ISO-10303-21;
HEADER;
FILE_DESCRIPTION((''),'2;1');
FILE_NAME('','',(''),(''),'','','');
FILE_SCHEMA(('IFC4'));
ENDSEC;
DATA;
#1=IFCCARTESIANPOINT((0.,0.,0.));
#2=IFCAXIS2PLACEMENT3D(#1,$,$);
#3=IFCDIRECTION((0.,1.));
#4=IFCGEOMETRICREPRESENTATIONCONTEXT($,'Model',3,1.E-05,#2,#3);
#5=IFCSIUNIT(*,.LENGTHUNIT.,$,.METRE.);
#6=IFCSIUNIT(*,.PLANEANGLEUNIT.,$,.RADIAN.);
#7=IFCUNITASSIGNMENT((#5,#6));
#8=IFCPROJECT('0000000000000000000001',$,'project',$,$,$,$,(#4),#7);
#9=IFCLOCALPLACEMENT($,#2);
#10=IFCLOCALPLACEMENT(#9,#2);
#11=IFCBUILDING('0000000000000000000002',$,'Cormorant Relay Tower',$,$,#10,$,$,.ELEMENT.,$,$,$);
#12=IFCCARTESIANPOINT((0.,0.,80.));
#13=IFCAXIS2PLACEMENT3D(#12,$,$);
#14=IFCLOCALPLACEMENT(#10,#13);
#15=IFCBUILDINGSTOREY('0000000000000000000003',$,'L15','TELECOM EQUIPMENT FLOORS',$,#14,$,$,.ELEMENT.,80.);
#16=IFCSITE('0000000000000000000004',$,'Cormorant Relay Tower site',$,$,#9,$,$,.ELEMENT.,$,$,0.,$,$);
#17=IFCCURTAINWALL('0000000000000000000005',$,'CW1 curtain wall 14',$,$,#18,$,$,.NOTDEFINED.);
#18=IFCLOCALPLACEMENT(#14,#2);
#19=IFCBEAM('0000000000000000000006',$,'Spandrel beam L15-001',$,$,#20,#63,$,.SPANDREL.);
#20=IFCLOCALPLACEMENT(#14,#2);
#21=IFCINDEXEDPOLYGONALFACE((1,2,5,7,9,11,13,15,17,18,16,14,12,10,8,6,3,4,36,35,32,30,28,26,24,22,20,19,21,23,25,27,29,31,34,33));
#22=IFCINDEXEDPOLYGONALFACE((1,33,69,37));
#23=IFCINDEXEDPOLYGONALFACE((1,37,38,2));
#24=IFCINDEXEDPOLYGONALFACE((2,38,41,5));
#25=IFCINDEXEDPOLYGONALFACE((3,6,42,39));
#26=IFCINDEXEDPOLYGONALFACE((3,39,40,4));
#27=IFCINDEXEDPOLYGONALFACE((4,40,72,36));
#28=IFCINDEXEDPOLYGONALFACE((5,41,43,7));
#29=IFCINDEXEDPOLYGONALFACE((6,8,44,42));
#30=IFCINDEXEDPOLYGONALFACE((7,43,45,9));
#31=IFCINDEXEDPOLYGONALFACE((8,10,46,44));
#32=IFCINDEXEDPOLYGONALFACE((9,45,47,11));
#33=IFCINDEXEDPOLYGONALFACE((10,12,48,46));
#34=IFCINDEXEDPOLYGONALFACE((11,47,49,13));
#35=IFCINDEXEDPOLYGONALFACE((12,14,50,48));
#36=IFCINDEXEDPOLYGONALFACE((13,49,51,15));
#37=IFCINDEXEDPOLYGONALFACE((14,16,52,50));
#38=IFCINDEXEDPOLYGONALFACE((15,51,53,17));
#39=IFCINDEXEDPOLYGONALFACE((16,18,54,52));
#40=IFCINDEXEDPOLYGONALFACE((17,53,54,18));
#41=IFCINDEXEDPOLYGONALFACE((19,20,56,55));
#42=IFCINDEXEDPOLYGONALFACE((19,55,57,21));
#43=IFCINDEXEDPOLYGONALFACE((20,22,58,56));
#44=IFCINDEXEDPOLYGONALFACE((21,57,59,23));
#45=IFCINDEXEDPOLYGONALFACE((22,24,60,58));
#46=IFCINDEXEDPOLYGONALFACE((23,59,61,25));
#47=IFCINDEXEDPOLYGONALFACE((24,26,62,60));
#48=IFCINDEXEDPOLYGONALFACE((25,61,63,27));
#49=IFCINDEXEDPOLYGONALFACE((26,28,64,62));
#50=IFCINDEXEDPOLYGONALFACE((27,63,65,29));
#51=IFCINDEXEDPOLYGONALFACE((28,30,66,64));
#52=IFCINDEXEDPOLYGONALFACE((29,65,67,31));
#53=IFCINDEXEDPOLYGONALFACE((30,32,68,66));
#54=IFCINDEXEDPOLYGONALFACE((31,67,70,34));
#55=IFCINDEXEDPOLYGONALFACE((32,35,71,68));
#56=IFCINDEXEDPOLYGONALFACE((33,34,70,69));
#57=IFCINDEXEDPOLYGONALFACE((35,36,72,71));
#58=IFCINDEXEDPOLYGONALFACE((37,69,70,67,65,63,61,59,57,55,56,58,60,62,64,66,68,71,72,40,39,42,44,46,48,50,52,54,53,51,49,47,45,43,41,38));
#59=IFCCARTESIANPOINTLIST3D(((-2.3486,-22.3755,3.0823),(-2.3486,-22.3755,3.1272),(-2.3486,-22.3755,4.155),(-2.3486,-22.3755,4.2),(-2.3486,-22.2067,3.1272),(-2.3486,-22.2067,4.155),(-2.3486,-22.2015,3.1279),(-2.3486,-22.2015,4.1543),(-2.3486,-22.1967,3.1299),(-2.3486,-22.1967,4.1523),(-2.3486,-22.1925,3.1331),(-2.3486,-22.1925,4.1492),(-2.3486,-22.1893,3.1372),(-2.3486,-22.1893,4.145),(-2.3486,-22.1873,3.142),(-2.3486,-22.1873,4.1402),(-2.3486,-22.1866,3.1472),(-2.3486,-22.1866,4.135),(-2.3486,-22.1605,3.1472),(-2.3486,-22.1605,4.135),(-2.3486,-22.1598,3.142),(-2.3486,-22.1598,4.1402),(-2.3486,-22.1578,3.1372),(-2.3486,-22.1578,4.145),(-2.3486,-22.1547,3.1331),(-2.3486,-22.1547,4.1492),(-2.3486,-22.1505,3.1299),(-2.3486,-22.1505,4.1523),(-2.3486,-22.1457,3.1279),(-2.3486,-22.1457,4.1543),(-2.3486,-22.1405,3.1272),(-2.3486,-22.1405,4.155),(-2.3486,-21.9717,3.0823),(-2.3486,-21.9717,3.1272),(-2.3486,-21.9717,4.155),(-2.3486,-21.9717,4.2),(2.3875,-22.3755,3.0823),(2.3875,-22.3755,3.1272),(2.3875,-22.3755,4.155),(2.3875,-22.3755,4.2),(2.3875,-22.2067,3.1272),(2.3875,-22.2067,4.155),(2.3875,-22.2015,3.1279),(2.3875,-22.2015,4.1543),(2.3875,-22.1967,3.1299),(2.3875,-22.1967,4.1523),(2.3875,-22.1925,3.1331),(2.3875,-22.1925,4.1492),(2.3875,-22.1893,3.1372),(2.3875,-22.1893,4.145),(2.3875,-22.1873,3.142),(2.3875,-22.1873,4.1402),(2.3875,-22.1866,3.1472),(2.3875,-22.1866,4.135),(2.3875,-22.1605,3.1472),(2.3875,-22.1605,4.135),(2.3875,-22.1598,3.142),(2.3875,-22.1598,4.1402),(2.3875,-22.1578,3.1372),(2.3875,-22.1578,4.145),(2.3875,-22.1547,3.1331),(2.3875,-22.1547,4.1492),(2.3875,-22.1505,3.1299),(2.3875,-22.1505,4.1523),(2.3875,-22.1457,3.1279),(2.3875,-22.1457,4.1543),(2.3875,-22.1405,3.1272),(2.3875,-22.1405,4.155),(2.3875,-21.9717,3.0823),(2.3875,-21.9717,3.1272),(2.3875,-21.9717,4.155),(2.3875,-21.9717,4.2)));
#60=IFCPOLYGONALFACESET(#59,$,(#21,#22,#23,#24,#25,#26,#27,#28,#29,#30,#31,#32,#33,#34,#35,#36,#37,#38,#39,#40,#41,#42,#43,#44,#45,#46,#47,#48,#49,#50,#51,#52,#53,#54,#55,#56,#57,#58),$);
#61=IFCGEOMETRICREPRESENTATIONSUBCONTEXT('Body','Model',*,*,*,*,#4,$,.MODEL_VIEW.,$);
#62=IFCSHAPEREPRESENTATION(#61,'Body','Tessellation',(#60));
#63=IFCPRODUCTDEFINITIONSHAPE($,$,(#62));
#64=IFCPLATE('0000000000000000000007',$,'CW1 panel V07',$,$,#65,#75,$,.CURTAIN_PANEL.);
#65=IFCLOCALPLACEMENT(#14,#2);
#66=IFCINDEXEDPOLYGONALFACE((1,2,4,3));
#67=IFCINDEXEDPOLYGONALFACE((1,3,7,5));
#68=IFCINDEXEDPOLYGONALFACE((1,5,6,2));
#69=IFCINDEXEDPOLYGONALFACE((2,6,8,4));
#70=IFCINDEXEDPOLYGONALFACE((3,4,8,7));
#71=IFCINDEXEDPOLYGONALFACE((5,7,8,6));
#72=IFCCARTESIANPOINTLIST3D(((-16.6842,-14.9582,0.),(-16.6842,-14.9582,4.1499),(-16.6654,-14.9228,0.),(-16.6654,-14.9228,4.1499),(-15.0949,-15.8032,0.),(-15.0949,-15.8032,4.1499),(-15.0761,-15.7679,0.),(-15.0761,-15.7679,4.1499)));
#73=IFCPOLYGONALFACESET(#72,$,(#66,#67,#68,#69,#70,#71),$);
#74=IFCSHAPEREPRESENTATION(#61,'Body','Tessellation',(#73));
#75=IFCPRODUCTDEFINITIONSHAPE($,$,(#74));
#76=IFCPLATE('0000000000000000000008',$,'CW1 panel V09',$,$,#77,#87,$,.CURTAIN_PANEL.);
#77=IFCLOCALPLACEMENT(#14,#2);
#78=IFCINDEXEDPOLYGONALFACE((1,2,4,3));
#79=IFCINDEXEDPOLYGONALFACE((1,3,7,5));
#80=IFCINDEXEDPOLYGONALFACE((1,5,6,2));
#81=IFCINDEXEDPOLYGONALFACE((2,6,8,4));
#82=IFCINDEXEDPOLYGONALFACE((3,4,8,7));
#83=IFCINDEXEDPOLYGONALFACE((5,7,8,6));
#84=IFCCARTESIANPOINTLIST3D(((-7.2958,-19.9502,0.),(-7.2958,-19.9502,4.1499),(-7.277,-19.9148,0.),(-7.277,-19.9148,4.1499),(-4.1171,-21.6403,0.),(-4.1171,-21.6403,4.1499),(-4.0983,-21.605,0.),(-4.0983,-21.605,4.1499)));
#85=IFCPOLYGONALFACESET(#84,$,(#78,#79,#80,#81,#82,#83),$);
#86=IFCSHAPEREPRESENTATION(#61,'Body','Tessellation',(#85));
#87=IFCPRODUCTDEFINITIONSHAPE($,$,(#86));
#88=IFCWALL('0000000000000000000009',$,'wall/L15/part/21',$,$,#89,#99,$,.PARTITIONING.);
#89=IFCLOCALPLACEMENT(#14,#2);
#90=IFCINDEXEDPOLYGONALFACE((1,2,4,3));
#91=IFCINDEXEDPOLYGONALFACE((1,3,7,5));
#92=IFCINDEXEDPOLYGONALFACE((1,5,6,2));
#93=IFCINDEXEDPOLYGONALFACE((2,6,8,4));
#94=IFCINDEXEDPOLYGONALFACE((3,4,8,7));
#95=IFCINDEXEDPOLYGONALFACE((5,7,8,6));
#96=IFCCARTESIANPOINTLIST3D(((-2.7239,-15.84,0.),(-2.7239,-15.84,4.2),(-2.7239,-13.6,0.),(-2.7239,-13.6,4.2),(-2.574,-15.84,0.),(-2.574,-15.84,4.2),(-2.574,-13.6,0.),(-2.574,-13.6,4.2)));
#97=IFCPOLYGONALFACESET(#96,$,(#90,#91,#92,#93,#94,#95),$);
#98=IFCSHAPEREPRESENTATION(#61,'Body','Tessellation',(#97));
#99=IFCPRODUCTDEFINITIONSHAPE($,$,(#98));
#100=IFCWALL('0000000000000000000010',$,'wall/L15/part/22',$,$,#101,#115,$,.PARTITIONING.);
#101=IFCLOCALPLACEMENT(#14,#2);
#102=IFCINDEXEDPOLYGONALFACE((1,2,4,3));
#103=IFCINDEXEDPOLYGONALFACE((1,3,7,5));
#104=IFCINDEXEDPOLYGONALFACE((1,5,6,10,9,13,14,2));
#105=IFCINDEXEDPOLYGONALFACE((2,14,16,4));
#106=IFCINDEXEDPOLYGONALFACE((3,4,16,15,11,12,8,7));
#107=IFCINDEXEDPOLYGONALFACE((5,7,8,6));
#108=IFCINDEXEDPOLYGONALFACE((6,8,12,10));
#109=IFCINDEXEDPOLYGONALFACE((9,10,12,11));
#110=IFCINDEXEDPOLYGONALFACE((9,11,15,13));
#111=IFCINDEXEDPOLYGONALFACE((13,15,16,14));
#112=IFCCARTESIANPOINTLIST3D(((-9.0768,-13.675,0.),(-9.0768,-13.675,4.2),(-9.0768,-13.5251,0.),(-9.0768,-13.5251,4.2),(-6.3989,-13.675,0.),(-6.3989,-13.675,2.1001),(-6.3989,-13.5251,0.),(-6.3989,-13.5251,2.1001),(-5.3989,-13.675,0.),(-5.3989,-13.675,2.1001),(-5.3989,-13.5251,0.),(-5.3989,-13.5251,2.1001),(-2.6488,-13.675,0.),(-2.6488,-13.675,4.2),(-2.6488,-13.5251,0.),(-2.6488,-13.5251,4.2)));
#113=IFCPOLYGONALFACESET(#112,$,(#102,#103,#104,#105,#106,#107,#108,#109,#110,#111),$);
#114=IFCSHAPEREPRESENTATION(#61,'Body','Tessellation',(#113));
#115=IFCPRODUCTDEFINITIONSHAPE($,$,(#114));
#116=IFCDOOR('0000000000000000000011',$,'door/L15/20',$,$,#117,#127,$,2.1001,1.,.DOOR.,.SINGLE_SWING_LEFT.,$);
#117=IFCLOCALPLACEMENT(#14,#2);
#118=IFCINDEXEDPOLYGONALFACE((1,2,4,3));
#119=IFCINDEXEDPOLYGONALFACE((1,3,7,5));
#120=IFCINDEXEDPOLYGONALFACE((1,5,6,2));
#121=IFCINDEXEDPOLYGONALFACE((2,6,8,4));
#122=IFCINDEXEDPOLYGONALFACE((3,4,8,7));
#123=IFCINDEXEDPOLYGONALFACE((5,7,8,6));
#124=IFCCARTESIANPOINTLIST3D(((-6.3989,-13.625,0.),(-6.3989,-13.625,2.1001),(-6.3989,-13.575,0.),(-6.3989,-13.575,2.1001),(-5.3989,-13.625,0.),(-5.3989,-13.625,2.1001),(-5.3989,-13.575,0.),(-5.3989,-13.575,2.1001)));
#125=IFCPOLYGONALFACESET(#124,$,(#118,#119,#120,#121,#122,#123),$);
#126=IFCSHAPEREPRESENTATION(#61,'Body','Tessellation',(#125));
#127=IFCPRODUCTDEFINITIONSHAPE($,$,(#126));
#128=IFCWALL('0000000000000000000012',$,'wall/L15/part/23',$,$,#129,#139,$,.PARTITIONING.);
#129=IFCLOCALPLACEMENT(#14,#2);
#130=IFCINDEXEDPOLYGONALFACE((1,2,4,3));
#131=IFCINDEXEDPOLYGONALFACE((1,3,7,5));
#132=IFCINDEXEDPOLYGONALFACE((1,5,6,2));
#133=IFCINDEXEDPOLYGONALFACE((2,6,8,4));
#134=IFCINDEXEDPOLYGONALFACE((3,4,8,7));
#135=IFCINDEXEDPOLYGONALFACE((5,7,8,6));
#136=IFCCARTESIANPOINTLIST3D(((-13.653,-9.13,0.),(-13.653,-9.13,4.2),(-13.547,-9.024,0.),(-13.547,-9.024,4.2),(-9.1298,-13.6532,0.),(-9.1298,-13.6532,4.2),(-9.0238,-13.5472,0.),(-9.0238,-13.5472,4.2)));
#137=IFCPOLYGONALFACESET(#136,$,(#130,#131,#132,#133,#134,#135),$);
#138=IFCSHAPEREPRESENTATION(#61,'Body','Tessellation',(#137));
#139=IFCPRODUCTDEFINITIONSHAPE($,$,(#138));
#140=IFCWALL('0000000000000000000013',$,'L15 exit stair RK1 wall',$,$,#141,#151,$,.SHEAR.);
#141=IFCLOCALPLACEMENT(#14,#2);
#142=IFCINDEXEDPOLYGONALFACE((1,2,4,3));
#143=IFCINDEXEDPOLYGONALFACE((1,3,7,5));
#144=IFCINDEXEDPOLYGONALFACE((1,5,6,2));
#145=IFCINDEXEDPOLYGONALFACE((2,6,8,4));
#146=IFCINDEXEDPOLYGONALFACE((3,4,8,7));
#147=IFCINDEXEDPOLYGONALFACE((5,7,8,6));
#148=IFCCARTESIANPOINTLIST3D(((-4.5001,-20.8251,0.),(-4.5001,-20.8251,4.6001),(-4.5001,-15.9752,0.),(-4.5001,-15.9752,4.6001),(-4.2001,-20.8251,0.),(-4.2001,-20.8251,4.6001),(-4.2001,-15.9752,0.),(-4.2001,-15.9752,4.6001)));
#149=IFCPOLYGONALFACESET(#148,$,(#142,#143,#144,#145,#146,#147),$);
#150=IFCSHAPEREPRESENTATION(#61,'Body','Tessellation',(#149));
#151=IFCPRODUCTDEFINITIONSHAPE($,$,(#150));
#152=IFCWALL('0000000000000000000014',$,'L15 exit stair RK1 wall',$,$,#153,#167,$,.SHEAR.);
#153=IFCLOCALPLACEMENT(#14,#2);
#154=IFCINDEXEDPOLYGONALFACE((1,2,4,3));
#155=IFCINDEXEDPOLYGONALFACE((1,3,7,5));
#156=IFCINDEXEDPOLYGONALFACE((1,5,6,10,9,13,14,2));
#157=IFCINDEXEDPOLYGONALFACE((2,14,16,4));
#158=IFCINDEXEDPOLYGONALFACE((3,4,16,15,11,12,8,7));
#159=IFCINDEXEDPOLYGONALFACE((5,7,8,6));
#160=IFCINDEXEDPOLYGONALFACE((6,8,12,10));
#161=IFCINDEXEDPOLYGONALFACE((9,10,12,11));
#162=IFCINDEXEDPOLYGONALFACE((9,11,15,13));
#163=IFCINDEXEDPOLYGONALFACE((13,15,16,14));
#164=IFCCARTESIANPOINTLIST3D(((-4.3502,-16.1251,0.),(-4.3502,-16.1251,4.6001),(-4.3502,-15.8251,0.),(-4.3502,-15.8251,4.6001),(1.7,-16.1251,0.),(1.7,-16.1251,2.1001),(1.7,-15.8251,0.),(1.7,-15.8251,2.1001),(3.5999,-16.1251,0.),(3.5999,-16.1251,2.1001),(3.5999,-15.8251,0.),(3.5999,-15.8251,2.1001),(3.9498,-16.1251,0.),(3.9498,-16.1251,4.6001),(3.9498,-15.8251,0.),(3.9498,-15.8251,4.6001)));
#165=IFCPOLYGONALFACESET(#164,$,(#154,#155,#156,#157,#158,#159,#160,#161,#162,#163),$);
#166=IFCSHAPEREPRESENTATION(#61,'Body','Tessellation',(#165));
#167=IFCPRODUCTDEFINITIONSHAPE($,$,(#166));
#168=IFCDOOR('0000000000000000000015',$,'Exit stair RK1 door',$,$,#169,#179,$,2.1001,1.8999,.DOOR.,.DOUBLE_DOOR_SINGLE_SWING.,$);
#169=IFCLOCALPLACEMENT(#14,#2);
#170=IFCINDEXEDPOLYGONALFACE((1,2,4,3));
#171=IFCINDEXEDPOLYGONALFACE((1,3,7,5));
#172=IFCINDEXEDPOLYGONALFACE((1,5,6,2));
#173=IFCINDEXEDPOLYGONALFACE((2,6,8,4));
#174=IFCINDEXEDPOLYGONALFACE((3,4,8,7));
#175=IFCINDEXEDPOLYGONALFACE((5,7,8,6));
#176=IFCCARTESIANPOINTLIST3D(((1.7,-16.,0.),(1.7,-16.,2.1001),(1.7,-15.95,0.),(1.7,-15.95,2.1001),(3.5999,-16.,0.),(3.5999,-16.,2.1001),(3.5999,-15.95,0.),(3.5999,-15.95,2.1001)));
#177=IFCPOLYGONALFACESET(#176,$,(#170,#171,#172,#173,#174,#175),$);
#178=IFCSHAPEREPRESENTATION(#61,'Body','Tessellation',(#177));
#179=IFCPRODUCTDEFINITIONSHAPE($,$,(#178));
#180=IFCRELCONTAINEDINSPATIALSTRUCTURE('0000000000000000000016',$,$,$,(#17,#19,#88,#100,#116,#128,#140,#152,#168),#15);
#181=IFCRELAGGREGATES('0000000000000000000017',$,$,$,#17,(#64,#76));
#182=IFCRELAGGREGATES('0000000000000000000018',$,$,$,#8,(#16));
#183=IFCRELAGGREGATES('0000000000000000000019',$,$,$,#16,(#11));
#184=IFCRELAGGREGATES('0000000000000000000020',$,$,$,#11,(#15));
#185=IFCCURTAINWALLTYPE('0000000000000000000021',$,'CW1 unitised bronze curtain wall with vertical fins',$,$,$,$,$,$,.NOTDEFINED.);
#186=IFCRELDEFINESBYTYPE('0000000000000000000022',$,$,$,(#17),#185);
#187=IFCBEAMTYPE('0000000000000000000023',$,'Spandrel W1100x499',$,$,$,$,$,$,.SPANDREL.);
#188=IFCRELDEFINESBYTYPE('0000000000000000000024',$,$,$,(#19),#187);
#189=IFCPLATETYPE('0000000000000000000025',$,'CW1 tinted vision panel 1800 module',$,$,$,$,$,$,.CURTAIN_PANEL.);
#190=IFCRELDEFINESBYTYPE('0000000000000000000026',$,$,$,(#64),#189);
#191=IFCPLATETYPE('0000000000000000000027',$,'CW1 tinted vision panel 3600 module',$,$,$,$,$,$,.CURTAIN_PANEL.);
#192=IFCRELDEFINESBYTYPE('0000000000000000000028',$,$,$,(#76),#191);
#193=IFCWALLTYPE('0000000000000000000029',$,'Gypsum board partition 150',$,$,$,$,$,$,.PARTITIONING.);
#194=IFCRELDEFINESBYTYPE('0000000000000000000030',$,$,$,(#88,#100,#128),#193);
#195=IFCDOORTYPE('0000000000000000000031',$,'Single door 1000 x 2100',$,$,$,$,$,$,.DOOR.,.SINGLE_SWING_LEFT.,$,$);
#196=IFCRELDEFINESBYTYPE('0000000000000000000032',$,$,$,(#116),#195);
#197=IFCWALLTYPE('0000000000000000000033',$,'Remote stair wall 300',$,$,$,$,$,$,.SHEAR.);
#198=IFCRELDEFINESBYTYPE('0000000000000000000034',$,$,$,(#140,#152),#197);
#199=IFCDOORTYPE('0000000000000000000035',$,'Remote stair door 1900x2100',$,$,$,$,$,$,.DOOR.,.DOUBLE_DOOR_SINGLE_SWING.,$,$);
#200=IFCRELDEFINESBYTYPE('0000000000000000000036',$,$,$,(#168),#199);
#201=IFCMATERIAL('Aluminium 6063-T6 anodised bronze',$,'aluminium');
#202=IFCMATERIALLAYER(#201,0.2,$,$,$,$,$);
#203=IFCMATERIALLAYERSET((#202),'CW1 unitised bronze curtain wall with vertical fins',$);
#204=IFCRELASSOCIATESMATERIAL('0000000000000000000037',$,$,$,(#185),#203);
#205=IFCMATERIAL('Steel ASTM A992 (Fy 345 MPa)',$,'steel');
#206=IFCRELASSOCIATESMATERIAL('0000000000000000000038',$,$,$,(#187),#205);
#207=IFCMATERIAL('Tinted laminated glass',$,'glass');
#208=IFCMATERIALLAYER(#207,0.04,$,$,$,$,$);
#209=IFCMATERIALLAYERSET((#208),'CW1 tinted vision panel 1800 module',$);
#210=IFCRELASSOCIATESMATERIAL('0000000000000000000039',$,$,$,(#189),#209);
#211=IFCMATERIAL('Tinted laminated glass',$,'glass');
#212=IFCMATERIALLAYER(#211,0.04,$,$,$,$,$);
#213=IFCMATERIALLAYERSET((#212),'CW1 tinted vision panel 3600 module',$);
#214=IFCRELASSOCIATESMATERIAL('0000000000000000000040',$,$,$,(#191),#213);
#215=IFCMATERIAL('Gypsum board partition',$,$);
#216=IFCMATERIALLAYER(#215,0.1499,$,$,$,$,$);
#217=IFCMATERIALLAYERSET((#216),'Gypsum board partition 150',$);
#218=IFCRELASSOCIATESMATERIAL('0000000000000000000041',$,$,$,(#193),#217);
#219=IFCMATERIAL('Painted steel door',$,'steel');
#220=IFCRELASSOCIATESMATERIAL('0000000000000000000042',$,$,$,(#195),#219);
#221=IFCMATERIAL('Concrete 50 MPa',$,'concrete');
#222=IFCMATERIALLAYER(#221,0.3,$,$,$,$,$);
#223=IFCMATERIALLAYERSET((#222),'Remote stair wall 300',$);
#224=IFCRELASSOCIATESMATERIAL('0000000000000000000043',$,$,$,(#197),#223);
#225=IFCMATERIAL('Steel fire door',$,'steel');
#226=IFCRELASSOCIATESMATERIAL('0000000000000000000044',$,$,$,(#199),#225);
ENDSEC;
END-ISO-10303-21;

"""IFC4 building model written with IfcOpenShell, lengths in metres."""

from ifc_helpers import new_model, si_unit, direction, frame, frame_2d, origin, origin_2d, place, context, subcontext, project, spatial, rectangle, i_section, extrude, material, layer, layer_set, material_profile, profile_set, type_object, element, fill, aggregate, save


model = new_model("IFC4")

# Units and contexts
model_context = context("Model", 3, precision=1e-05, world=origin(), true_north=direction((0.0, 1.0)))
body_context = subcontext(model_context, "Body", "Model", "MODEL_VIEW")
ifc_project = project(units=[si_unit("LENGTHUNIT", "METRE"), si_unit("PLANEANGLEUNIT", "RADIAN")], contexts=[model_context])

# Site, building, storey
site_placement = place(None, origin())
site = spatial("IfcSite", under=ifc_project, at=site_placement, Name="Cormorant Relay Tower site", CompositionType="ELEMENT", RefElevation=0.0)
building_placement = place(site_placement, origin())
building = spatial("IfcBuilding", under=site, at=building_placement, Name="Cormorant Relay Tower", CompositionType="ELEMENT")
storey_placement = place(building_placement, frame((0.0, 0.0, 80.0)))
storey = spatial("IfcBuildingStorey", under=building, at=storey_placement, Name="L15", Description="TELECOM EQUIPMENT FLOORS", CompositionType="ELEMENT", Elevation=80.0)

# Shared definitions
ifc_material_1 = material(Name="Aluminium 6063-T6 anodised bronze", Category="aluminium")
ifc_layer_1 = layer(ifc_material_1, 0.2)
ifc_layer_set_1 = layer_set([ifc_layer_1], Name="CW1 unitised bronze curtain wall with vertical fins")
curtain_wall_type = type_object("IfcCurtainWallType", Name="CW1 unitised bronze curtain wall with vertical fins", PredefinedType="NOTDEFINED", material=ifc_layer_set_1)

# Curtain wall
curtain_wall_1_placement = place(storey_placement, origin())
curtain_wall_1 = element("IfcCurtainWall", 1, at=curtain_wall_1_placement, inside=storey, type_object=curtain_wall_type, Name="CW1 curtain wall 14", PredefinedType="NOTDEFINED")

# Beam
ifc_material_2 = material(Name="Steel ASTM A992 (Fy 345 MPa)", Category="steel")
ifc_material_profile_1 = material_profile(ifc_material_2, i_section(OverallWidth=0.4038, OverallDepth=1.1177, WebThickness=0.0261, FlangeThickness=0.0449, FilletRadius=0.02, at=origin_2d()), Name="W1100x499")
ifc_profile_set_1 = profile_set([ifc_material_profile_1], Name="Steel ASTM A992 (Fy 345 MPa)")
beam_type = type_object("IfcBeamType", Name="Spandrel W1100x499", PredefinedType="SPANDREL", material=ifc_profile_set_1)
beam_placement = place(storey_placement, frame((-2.3486, -22.1736, 3.6411), z_axis=(1.0, 0.0, 0.0), x_axis=(0.0, 1.0, 0.0)))
element("IfcBeam", 2, at=beam_placement, inside=storey, type_object=beam_type, Name="Spandrel beam L15-001", PredefinedType="SPANDREL", context=body_context, shape_type="SweptSolid", body=[
    extrude(i_section(OverallWidth=0.4038, OverallDepth=1.1177, WebThickness=0.0261, FlangeThickness=0.0449, FilletRadius=0.02, at=origin_2d()), origin(), (0.0, 0.0, 1.0), 4.7361),
])

# Plates
ifc_material_3 = material(Name="Tinted laminated glass", Category="glass")
ifc_layer_2 = layer(ifc_material_3, 0.04)
ifc_layer_set_2 = layer_set([ifc_layer_2], Name="CW1 tinted vision panel 1800 module")
plate_type_1 = type_object("IfcPlateType", Name="CW1 tinted vision panel 1800 module", PredefinedType="CURTAIN_PANEL", material=ifc_layer_set_2)
plate_1_placement = place(storey_placement, frame((-15.8801, -15.363, 0.0), z_axis=(0.0, 0.0, 1.0), x_axis=(0.882948, -0.469472, 0.0)))
plate_1 = element("IfcPlate", 3, at=plate_1_placement, type_object=plate_type_1, Name="CW1 panel V07", PredefinedType="CURTAIN_PANEL", context=body_context, shape_type="SweptSolid", body=[
    extrude(rectangle(XDim=1.8, YDim=0.04, at=origin_2d()), origin(), (0.0, 0.0, 1.0), 4.1499),
])
ifc_material_4 = material(Name="Tinted laminated glass", Category="glass")
ifc_layer_3 = layer(ifc_material_4, 0.04)
ifc_layer_set_3 = layer_set([ifc_layer_3], Name="CW1 tinted vision panel 3600 module")
plate_type_2 = type_object("IfcPlateType", Name="CW1 tinted vision panel 3600 module", PredefinedType="CURTAIN_PANEL", material=ifc_layer_set_3)
plate_2_placement = place(storey_placement, frame((-5.697, -20.7776, 0.0), z_axis=(0.0, 0.0, 1.0), x_axis=(0.882948, -0.469472, 0.0)))
plate_2 = element("IfcPlate", 4, at=plate_2_placement, type_object=plate_type_2, Name="CW1 panel V09", PredefinedType="CURTAIN_PANEL", context=body_context, shape_type="SweptSolid", body=[
    extrude(rectangle(XDim=3.6001, YDim=0.04, at=origin_2d()), origin(), (0.0, 0.0, 1.0), 4.1499),
])

# Wall
ifc_material_5 = material(Name="Gypsum board partition")
ifc_layer_4 = layer(ifc_material_5, 0.1499)
ifc_layer_set_4 = layer_set([ifc_layer_4], Name="Gypsum board partition 150")
wall_type_1 = type_object("IfcWallType", Name="Gypsum board partition 150", PredefinedType="PARTITIONING", material=ifc_layer_set_4)
wall_1_placement = place(storey_placement, frame((-2.6489, -15.8401, 0.0), z_axis=(0.0, 0.0, 1.0), x_axis=(0.0, 1.0, 0.0)))
element("IfcWall", 5, at=wall_1_placement, inside=storey, type_object=wall_type_1, Name="wall/L15/part/21", PredefinedType="PARTITIONING", context=body_context, shape_type="SweptSolid", body=[
    extrude(rectangle(XDim=2.24, YDim=0.1499, at=frame_2d((1.1201, 0.0))), origin(), (0.0, 0.0, 1.0), 4.2),
])

# Wall, opening, door
wall_2_placement = place(storey_placement, frame((-2.6489, -13.6001, 0.0), z_axis=(0.0, 0.0, 1.0), x_axis=(-1.0, 0.0, 0.0)))
wall_2 = element("IfcWall", 6, at=wall_2_placement, inside=storey, type_object=wall_type_1, Name="wall/L15/part/22", PredefinedType="PARTITIONING", context=body_context, shape_type="SweptSolid", body=[
    extrude(rectangle(XDim=6.428, YDim=0.1499, at=frame_2d((3.2139, 0.0))), origin(), (0.0, 0.0, 1.0), 4.2),
])
opening_1_placement = place(wall_2_placement, frame((2.75, 0.0, 0.0)))
opening_1 = element("IfcOpeningElement", 7, at=opening_1_placement, cuts=wall_2, PredefinedType="OPENING", context=body_context, shape_type="SweptSolid", body=[
    extrude(rectangle(XDim=1.0, YDim=2.1001, at=frame_2d((0.5, 1.05))), frame((0.0, 0.085, 0.0), z_axis=(0.0, -1.0, 0.0), x_axis=(1.0, 0.0, 0.0)), (0.0, 0.0, 1.0), 0.1699),
])
ifc_material_6 = material(Name="Painted steel door", Category="steel")
door_type_1 = type_object("IfcDoorType", Name="Single door 1000 x 2100", OperationType="SINGLE_SWING_LEFT", PredefinedType="DOOR", material=ifc_material_6)
door_1_placement = place(opening_1_placement, origin())
door_1 = element("IfcDoor", 8, at=door_1_placement, inside=storey, type_object=door_type_1, Name="door/L15/20", OperationType="SINGLE_SWING_LEFT", OverallHeight=2.1001, OverallWidth=1.0, PredefinedType="DOOR", context=body_context, shape_type="SweptSolid", body=[
    extrude(rectangle(XDim=1.0, YDim=2.1001, at=frame_2d((0.5, 1.05))), frame((0.0, 0.0249, 0.0), z_axis=(0.0, -1.0, 0.0), x_axis=(1.0, 0.0, 0.0)), (0.0, 0.0, 1.0), 0.05),
])
fill(opening_1, door_1)

# Walls
wall_3_placement = place(storey_placement, frame((-9.0769, -13.6001, 0.0), z_axis=(0.0, 0.0, 1.0), x_axis=(-0.707107, 0.707107, 0.0)))
element("IfcWall", 9, at=wall_3_placement, inside=storey, type_object=wall_type_1, Name="wall/L15/part/23", PredefinedType="PARTITIONING", context=body_context, shape_type="SweptSolid", body=[
    extrude(rectangle(XDim=6.3967, YDim=0.1499, at=frame_2d((3.1982, 0.0))), origin(), (0.0, 0.0, 1.0), 4.2),
])
ifc_material_7 = material(Name="Concrete 50 MPa", Category="concrete")
ifc_layer_5 = layer(ifc_material_7, 0.3)
ifc_layer_set_5 = layer_set([ifc_layer_5], Name="Remote stair wall 300")
wall_type_2 = type_object("IfcWallType", Name="Remote stair wall 300", PredefinedType="SHEAR", material=ifc_layer_set_5)
wall_4_placement = place(storey_placement, frame((-4.3501, -20.825, 0.0), z_axis=(0.0, 0.0, 1.0), x_axis=(0.0, 1.0, 0.0)))
element("IfcWall", 10, at=wall_4_placement, inside=storey, type_object=wall_type_2, Name="L15 exit stair RK1 wall", PredefinedType="SHEAR", context=body_context, shape_type="SweptSolid", body=[
    extrude(rectangle(XDim=4.8499, YDim=0.3, at=frame_2d((2.4248, 0.0))), origin(), (0.0, 0.0, 1.0), 4.6001),
])

# Wall, opening, door
wall_5_placement = place(storey_placement, frame((-4.3501, -15.9751, 0.0), z_axis=(0.0, 0.0, 1.0), x_axis=(1.0, 0.0, 0.0)))
wall_5 = element("IfcWall", 11, at=wall_5_placement, inside=storey, type_object=wall_type_2, Name="L15 exit stair RK1 wall", PredefinedType="SHEAR", context=body_context, shape_type="SweptSolid", body=[
    extrude(rectangle(XDim=8.3, YDim=0.3, at=frame_2d((4.1499, 0.0))), origin(), (0.0, 0.0, 1.0), 4.6001),
])
opening_2_placement = place(wall_5_placement, frame((6.05, 0.0, 0.0)))
opening_2 = element("IfcOpeningElement", 12, at=opening_2_placement, cuts=wall_5, PredefinedType="OPENING", context=body_context, shape_type="SweptSolid", body=[
    extrude(rectangle(XDim=1.8999, YDim=2.1001, at=frame_2d((0.95, 1.05))), frame((0.0, 0.1599, 0.0), z_axis=(0.0, -1.0, 0.0), x_axis=(1.0, 0.0, 0.0)), (0.0, 0.0, 1.0), 0.3201),
])
ifc_material_8 = material(Name="Steel fire door", Category="steel")
door_type_2 = type_object("IfcDoorType", Name="Remote stair door 1900x2100", OperationType="DOUBLE_DOOR_SINGLE_SWING", PredefinedType="DOOR", material=ifc_material_8)
door_2_placement = place(opening_2_placement, frame((1.8999, 0.0, 0.0), z_axis=(0.0, 0.0, 1.0), x_axis=(-1.0, 0.0, 0.0)))
door_2 = element("IfcDoor", 13, at=door_2_placement, inside=storey, type_object=door_type_2, Name="Exit stair RK1 door", OperationType="DOUBLE_DOOR_SINGLE_SWING", OverallHeight=2.1001, OverallWidth=1.8999, PredefinedType="DOOR", context=body_context, shape_type="SweptSolid", body=[
    extrude(rectangle(XDim=1.8999, YDim=2.1001, at=frame_2d((0.95, 1.05))), frame((0.0, 0.0249, 0.0), z_axis=(0.0, -1.0, 0.0), x_axis=(1.0, 0.0, 0.0)), (0.0, 0.0, 1.0), 0.05),
])
fill(opening_2, door_2)

aggregate(curtain_wall_1, [plate_1, plate_2])

save(model, "model.ifc")
